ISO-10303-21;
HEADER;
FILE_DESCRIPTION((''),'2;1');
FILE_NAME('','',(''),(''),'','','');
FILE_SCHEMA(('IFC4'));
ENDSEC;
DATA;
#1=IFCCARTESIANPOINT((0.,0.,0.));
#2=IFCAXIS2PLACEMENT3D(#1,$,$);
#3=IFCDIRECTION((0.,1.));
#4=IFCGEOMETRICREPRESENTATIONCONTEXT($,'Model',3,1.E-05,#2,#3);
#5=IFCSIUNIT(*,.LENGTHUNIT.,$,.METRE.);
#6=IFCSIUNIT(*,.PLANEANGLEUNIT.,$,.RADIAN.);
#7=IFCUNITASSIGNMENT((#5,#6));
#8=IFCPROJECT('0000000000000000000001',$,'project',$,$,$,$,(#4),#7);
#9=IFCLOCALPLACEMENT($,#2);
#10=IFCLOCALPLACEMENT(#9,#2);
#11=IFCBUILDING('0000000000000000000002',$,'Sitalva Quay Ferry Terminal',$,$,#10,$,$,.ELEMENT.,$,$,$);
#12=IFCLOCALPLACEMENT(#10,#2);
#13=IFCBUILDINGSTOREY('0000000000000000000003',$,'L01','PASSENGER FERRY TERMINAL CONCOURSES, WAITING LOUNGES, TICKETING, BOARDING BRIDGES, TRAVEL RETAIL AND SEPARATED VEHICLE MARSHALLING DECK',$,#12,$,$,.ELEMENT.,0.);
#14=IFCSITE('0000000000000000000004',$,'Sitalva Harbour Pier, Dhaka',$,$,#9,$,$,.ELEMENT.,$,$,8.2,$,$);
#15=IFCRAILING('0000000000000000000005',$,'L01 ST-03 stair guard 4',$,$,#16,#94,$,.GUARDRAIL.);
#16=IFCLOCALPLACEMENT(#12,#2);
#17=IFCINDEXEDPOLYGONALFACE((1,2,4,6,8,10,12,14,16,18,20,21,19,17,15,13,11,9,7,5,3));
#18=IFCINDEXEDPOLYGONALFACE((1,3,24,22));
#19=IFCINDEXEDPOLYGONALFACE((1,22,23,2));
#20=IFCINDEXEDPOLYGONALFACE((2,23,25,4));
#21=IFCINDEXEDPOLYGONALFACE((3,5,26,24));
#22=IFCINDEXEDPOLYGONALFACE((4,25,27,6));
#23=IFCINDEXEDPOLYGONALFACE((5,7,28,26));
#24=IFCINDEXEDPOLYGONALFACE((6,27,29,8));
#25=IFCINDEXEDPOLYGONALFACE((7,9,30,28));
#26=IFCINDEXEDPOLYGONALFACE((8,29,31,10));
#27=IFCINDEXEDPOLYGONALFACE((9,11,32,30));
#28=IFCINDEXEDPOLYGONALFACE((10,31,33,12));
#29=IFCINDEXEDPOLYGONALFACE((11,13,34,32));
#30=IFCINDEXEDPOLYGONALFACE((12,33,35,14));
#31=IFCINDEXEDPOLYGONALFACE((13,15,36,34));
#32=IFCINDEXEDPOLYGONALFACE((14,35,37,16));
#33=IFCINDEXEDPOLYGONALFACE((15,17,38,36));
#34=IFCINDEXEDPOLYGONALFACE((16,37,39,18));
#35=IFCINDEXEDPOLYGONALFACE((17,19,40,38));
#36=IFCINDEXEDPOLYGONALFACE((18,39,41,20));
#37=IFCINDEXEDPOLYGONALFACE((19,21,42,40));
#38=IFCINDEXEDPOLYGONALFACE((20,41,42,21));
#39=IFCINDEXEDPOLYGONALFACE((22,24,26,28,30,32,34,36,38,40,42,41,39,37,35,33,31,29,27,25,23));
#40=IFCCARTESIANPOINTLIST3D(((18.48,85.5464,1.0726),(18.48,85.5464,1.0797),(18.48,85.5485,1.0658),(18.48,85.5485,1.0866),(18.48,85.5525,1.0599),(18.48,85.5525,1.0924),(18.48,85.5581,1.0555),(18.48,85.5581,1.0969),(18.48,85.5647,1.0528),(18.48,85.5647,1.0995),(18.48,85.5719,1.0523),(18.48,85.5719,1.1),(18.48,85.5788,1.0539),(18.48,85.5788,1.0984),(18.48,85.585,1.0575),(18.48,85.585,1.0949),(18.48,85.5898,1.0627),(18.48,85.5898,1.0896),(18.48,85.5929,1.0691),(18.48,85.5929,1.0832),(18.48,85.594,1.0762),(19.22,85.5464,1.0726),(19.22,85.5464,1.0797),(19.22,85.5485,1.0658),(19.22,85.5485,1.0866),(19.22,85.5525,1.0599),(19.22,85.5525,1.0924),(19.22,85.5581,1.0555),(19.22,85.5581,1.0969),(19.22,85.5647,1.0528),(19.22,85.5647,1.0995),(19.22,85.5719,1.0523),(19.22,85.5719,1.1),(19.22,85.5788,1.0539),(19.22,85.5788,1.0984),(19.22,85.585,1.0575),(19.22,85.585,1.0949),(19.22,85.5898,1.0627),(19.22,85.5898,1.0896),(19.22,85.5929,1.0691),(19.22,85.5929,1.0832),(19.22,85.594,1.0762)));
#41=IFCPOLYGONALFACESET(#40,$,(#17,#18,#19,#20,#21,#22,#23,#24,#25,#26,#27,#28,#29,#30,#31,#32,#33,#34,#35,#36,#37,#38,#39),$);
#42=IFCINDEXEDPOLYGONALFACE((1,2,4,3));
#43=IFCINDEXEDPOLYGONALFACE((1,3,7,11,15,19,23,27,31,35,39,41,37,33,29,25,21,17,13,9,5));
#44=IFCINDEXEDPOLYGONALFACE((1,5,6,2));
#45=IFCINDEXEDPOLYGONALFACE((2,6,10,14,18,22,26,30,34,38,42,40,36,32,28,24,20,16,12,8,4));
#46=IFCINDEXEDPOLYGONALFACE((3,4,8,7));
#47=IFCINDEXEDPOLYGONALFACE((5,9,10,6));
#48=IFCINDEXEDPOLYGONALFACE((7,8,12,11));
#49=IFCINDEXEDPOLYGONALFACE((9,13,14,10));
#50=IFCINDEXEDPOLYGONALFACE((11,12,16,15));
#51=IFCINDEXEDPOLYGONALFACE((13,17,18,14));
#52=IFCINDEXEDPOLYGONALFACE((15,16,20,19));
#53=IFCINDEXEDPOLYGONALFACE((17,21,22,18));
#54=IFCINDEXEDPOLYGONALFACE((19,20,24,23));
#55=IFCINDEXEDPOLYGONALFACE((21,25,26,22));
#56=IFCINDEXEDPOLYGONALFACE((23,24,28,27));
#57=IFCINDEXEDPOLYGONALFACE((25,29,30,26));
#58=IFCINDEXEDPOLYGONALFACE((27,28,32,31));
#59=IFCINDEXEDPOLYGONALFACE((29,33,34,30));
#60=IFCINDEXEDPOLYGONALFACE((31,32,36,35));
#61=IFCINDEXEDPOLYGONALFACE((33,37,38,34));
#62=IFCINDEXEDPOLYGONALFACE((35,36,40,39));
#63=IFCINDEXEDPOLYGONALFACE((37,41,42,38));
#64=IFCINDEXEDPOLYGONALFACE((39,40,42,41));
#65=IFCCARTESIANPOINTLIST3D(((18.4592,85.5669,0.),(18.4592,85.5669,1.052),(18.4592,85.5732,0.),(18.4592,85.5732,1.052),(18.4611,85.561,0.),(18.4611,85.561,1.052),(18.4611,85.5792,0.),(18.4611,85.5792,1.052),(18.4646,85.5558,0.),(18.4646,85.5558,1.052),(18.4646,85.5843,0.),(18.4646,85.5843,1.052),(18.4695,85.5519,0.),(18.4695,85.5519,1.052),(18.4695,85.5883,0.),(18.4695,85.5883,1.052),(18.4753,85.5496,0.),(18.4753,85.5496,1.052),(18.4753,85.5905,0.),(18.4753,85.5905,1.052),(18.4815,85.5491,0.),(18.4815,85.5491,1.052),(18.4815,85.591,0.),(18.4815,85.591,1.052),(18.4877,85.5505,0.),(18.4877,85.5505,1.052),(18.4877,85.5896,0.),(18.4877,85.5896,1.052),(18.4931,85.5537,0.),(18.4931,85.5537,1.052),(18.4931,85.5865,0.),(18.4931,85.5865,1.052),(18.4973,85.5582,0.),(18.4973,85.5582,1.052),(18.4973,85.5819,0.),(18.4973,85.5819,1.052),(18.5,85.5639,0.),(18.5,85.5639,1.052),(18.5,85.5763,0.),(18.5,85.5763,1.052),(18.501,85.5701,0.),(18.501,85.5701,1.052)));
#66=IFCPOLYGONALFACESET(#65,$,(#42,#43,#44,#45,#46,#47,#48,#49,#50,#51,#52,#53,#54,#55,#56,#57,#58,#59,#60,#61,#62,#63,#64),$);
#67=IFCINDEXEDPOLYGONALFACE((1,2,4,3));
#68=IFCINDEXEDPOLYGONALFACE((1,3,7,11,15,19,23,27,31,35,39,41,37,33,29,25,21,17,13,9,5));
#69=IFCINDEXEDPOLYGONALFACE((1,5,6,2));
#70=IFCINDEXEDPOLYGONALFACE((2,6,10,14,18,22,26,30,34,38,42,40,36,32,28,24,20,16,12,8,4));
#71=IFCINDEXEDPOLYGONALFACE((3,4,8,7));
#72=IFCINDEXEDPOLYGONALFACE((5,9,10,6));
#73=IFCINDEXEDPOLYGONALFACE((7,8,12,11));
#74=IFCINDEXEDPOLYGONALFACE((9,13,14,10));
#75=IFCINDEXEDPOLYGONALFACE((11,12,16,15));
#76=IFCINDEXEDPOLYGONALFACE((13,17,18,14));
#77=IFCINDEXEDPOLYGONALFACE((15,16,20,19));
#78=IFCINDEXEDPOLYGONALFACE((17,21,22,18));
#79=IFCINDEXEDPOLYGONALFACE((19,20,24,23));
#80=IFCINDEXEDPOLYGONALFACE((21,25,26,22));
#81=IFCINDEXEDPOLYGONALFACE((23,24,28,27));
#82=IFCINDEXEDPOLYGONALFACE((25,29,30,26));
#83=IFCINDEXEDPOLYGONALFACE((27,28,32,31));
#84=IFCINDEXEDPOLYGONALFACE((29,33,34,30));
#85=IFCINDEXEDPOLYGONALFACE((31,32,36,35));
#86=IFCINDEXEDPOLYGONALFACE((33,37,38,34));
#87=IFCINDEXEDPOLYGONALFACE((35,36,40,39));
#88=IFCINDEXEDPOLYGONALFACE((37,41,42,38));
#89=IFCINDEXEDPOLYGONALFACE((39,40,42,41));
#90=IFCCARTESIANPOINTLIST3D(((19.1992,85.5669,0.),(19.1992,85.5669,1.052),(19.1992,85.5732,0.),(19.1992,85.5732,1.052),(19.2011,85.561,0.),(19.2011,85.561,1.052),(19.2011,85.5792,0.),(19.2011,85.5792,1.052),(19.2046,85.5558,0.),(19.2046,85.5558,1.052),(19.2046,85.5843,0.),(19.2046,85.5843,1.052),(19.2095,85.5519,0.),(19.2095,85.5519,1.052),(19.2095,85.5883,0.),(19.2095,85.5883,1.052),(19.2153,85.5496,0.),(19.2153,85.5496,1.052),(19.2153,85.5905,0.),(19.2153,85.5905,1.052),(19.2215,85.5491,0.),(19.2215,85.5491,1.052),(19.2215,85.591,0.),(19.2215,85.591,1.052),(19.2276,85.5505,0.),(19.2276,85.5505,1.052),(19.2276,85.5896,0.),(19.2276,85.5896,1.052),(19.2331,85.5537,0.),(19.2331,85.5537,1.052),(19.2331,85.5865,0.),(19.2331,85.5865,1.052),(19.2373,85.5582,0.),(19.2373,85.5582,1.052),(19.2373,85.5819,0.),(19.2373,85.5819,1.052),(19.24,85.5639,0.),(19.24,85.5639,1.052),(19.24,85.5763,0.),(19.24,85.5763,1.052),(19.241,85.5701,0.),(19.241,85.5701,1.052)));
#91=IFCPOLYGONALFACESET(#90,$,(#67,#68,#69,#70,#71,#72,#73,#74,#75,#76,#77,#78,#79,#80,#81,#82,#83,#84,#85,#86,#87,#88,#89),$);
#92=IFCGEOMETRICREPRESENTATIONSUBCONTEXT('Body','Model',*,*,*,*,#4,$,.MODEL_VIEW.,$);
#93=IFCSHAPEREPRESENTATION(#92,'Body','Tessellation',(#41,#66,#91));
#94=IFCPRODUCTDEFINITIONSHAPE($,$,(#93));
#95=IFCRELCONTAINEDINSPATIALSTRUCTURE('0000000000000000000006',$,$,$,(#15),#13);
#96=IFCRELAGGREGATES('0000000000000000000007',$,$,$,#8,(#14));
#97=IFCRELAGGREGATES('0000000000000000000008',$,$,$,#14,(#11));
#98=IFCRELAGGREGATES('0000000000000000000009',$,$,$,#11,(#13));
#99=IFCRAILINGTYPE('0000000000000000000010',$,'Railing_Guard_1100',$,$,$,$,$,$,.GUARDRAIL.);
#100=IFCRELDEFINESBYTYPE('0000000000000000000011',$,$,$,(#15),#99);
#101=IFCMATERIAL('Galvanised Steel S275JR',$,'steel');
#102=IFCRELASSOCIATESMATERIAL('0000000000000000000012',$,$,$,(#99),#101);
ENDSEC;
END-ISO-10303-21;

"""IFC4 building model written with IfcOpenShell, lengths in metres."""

from ifc_helpers import new_model, si_unit, direction, frame, origin, origin_2d, place, context, subcontext, project, spatial, circle, extrude, material, type_object, element, save


model = new_model("IFC4")

# Units and contexts
model_context = context("Model", 3, precision=1e-05, world=origin(), true_north=direction((0.0, 1.0)))
body_context = subcontext(model_context, "Body", "Model", "MODEL_VIEW")
ifc_project = project(units=[si_unit("LENGTHUNIT", "METRE"), si_unit("PLANEANGLEUNIT", "RADIAN")], contexts=[model_context])

# Site, building, storey
site_placement = place(None, origin())
site = spatial("IfcSite", under=ifc_project, at=site_placement, Name="Sitalva Harbour Pier, Dhaka", CompositionType="ELEMENT", RefElevation=8.2)
building_placement = place(site_placement, origin())
building = spatial("IfcBuilding", under=site, at=building_placement, Name="Sitalva Quay Ferry Terminal", CompositionType="ELEMENT")
storey_placement = place(building_placement, origin())
storey = spatial("IfcBuildingStorey", under=building, at=storey_placement, Name="L01", Description="PASSENGER FERRY TERMINAL CONCOURSES, WAITING LOUNGES, TICKETING, BOARDING BRIDGES, TRAVEL RETAIL AND SEPARATED VEHICLE MARSHALLING DECK", CompositionType="ELEMENT", Elevation=0.0)

# Railing
ifc_material_1 = material(Name="Galvanised Steel S275JR", Category="steel")
railing_type_1 = type_object("IfcRailingType", Name="Railing_Guard_1100", PredefinedType="GUARDRAIL", material=ifc_material_1)
railing_1_placement = place(storey_placement, frame((18.48, 85.5701, 0.0)))
element("IfcRailing", 1, at=railing_1_placement, inside=storey, type_object=railing_type_1, Name="L01 ST-03 stair guard 4", PredefinedType="GUARDRAIL", context=body_context, shape_type="SweptSolid", body=[
    extrude(circle(Radius=0.0239, at=origin_2d()), frame((0.0, 0.0, 1.0762), z_axis=(1.0, 0.0, 0.0), x_axis=(0.0, 1.0, 0.0)), (0.0, 0.0, 1.0), 0.74),
    extrude(circle(Radius=0.021, at=origin_2d()), origin(), (0.0, 0.0, 1.0), 1.052),
    extrude(circle(Radius=0.021, at=origin_2d()), frame((0.74, 0.0, 0.0)), (0.0, 0.0, 1.0), 1.052),
])

save(model, "model.ifc")
